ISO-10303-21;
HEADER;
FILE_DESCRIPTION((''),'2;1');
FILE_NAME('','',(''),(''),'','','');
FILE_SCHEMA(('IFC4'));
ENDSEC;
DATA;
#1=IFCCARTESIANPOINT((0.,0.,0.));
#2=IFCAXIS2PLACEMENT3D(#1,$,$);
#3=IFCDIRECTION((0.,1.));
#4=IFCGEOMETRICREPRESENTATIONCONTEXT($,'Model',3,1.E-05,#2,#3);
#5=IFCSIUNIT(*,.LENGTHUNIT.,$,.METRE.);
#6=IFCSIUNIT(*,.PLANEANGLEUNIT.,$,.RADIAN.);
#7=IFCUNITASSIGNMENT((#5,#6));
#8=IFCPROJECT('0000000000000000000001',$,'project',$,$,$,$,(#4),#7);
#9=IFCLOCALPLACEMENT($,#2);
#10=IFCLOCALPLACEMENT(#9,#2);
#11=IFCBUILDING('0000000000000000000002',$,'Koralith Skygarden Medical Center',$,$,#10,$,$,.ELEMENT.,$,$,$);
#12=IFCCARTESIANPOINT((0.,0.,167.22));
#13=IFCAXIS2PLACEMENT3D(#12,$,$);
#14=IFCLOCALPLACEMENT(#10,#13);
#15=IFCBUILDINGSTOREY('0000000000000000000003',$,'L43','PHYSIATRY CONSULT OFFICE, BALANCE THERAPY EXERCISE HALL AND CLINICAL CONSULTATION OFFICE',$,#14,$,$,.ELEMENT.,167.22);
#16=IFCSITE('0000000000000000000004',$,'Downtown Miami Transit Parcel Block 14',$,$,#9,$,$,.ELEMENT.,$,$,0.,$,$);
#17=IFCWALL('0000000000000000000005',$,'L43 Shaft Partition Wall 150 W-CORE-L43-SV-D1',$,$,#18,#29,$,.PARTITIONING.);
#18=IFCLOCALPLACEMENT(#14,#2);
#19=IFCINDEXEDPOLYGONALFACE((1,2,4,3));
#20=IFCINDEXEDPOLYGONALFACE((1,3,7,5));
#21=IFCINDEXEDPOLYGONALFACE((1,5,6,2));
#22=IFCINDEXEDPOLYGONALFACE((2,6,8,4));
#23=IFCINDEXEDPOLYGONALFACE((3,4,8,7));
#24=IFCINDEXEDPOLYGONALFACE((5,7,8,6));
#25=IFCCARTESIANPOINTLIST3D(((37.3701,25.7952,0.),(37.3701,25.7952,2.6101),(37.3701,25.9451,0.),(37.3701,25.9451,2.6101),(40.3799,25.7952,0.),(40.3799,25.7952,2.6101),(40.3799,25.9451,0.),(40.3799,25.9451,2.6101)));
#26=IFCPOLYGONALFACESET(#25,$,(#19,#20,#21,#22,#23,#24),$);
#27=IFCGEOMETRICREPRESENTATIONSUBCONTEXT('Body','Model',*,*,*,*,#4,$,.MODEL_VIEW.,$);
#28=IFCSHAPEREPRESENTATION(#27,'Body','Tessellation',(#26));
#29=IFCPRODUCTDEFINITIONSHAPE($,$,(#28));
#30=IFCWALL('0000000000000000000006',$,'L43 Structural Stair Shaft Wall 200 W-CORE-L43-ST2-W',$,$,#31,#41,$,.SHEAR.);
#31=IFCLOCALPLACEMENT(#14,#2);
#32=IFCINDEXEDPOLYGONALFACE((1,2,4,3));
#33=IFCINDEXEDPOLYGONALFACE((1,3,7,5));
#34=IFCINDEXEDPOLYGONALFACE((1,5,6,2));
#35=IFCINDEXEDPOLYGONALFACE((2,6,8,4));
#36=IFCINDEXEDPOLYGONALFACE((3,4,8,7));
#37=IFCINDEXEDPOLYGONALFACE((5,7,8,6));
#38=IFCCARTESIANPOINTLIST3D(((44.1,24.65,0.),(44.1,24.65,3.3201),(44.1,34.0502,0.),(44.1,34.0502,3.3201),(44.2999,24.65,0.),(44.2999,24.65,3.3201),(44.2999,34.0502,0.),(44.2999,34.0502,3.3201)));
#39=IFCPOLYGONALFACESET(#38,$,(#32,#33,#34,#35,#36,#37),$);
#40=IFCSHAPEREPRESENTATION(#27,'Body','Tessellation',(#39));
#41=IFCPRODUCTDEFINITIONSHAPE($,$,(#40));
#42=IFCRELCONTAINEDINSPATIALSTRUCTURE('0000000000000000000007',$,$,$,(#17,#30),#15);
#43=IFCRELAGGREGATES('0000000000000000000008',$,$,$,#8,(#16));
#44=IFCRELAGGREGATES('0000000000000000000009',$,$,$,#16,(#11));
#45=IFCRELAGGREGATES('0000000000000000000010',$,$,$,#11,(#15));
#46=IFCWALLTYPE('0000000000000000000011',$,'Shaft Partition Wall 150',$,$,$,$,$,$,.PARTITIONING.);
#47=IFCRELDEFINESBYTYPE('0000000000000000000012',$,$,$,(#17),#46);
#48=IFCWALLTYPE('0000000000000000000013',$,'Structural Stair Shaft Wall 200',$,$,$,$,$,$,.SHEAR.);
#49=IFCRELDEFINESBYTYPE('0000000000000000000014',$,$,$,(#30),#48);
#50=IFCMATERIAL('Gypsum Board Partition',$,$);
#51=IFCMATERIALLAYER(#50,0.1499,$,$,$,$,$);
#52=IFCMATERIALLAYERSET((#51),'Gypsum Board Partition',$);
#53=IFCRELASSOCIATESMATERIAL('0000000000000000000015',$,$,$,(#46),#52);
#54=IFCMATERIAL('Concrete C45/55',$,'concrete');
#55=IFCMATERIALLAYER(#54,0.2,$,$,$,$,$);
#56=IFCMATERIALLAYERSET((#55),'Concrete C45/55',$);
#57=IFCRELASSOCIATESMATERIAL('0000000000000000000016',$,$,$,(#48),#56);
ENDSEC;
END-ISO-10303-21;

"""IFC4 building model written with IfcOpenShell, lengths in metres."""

from ifc_helpers import new_model, si_unit, direction, frame, frame_2d, origin, place, context, subcontext, project, spatial, rectangle, extrude, material, layer, layer_set, type_object, element, save


model = new_model("IFC4")

# Units and contexts
model_context = context("Model", 3, precision=1e-05, world=origin(), true_north=direction((0.0, 1.0)))
body_context = subcontext(model_context, "Body", "Model", "MODEL_VIEW")
ifc_project = project(units=[si_unit("LENGTHUNIT", "METRE"), si_unit("PLANEANGLEUNIT", "RADIAN")], contexts=[model_context])

# Site, building, storey
site_placement = place(None, origin())
site = spatial("IfcSite", under=ifc_project, at=site_placement, Name="Downtown Miami Transit Parcel Block 14", CompositionType="ELEMENT", RefElevation=0.0)
building_placement = place(site_placement, origin())
building = spatial("IfcBuilding", under=site, at=building_placement, Name="Koralith Skygarden Medical Center", CompositionType="ELEMENT")
storey_placement = place(building_placement, frame((0.0, 0.0, 167.22)))
storey = spatial("IfcBuildingStorey", under=building, at=storey_placement, Name="L43", Description="PHYSIATRY CONSULT OFFICE, BALANCE THERAPY EXERCISE HALL AND CLINICAL CONSULTATION OFFICE", CompositionType="ELEMENT", Elevation=167.22)

# Shared definitions
ifc_material_1 = material(Name="Gypsum Board Partition")

# Walls
ifc_layer_1 = layer(ifc_material_1, 0.1499)
ifc_layer_set_1 = layer_set([ifc_layer_1], Name="Gypsum Board Partition")
wall_type_1 = type_object("IfcWallType", Name="Shaft Partition Wall 150", PredefinedType="PARTITIONING", material=ifc_layer_set_1)
wall_1_placement = place(storey_placement, frame((37.3701, 25.8701, 0.0), z_axis=(0.0, 0.0, 1.0), x_axis=(1.0, 0.0, 0.0)))
element("IfcWall", 1, at=wall_1_placement, inside=storey, type_object=wall_type_1, Name="L43 Shaft Partition Wall 150 W-CORE-L43-SV-D1", PredefinedType="PARTITIONING", context=body_context, shape_type="SweptSolid", body=[
    extrude(rectangle(XDim=3.0098, YDim=0.1499, at=frame_2d((1.5049, 0.0))), origin(), (0.0, 0.0, 1.0), 2.6101),
])
ifc_material_2 = material(Name="Concrete C45/55", Category="concrete")
ifc_layer_2 = layer(ifc_material_2, 0.2)
ifc_layer_set_2 = layer_set([ifc_layer_2], Name="Concrete C45/55")
wall_type_2 = type_object("IfcWallType", Name="Structural Stair Shaft Wall 200", PredefinedType="SHEAR", material=ifc_layer_set_2)
wall_2_placement = place(storey_placement, frame((44.2, 24.6499, 0.0), z_axis=(0.0, 0.0, 1.0), x_axis=(0.0, 1.0, 0.0)))
element("IfcWall", 2, at=wall_2_placement, inside=storey, type_object=wall_type_2, Name="L43 Structural Stair Shaft Wall 200 W-CORE-L43-ST2-W", PredefinedType="SHEAR", context=body_context, shape_type="SweptSolid", body=[
    extrude(rectangle(XDim=9.4001, YDim=0.2, at=frame_2d((4.7002, 0.0))), origin(), (0.0, 0.0, 1.0), 3.3201),
])

save(model, "model.ifc")
